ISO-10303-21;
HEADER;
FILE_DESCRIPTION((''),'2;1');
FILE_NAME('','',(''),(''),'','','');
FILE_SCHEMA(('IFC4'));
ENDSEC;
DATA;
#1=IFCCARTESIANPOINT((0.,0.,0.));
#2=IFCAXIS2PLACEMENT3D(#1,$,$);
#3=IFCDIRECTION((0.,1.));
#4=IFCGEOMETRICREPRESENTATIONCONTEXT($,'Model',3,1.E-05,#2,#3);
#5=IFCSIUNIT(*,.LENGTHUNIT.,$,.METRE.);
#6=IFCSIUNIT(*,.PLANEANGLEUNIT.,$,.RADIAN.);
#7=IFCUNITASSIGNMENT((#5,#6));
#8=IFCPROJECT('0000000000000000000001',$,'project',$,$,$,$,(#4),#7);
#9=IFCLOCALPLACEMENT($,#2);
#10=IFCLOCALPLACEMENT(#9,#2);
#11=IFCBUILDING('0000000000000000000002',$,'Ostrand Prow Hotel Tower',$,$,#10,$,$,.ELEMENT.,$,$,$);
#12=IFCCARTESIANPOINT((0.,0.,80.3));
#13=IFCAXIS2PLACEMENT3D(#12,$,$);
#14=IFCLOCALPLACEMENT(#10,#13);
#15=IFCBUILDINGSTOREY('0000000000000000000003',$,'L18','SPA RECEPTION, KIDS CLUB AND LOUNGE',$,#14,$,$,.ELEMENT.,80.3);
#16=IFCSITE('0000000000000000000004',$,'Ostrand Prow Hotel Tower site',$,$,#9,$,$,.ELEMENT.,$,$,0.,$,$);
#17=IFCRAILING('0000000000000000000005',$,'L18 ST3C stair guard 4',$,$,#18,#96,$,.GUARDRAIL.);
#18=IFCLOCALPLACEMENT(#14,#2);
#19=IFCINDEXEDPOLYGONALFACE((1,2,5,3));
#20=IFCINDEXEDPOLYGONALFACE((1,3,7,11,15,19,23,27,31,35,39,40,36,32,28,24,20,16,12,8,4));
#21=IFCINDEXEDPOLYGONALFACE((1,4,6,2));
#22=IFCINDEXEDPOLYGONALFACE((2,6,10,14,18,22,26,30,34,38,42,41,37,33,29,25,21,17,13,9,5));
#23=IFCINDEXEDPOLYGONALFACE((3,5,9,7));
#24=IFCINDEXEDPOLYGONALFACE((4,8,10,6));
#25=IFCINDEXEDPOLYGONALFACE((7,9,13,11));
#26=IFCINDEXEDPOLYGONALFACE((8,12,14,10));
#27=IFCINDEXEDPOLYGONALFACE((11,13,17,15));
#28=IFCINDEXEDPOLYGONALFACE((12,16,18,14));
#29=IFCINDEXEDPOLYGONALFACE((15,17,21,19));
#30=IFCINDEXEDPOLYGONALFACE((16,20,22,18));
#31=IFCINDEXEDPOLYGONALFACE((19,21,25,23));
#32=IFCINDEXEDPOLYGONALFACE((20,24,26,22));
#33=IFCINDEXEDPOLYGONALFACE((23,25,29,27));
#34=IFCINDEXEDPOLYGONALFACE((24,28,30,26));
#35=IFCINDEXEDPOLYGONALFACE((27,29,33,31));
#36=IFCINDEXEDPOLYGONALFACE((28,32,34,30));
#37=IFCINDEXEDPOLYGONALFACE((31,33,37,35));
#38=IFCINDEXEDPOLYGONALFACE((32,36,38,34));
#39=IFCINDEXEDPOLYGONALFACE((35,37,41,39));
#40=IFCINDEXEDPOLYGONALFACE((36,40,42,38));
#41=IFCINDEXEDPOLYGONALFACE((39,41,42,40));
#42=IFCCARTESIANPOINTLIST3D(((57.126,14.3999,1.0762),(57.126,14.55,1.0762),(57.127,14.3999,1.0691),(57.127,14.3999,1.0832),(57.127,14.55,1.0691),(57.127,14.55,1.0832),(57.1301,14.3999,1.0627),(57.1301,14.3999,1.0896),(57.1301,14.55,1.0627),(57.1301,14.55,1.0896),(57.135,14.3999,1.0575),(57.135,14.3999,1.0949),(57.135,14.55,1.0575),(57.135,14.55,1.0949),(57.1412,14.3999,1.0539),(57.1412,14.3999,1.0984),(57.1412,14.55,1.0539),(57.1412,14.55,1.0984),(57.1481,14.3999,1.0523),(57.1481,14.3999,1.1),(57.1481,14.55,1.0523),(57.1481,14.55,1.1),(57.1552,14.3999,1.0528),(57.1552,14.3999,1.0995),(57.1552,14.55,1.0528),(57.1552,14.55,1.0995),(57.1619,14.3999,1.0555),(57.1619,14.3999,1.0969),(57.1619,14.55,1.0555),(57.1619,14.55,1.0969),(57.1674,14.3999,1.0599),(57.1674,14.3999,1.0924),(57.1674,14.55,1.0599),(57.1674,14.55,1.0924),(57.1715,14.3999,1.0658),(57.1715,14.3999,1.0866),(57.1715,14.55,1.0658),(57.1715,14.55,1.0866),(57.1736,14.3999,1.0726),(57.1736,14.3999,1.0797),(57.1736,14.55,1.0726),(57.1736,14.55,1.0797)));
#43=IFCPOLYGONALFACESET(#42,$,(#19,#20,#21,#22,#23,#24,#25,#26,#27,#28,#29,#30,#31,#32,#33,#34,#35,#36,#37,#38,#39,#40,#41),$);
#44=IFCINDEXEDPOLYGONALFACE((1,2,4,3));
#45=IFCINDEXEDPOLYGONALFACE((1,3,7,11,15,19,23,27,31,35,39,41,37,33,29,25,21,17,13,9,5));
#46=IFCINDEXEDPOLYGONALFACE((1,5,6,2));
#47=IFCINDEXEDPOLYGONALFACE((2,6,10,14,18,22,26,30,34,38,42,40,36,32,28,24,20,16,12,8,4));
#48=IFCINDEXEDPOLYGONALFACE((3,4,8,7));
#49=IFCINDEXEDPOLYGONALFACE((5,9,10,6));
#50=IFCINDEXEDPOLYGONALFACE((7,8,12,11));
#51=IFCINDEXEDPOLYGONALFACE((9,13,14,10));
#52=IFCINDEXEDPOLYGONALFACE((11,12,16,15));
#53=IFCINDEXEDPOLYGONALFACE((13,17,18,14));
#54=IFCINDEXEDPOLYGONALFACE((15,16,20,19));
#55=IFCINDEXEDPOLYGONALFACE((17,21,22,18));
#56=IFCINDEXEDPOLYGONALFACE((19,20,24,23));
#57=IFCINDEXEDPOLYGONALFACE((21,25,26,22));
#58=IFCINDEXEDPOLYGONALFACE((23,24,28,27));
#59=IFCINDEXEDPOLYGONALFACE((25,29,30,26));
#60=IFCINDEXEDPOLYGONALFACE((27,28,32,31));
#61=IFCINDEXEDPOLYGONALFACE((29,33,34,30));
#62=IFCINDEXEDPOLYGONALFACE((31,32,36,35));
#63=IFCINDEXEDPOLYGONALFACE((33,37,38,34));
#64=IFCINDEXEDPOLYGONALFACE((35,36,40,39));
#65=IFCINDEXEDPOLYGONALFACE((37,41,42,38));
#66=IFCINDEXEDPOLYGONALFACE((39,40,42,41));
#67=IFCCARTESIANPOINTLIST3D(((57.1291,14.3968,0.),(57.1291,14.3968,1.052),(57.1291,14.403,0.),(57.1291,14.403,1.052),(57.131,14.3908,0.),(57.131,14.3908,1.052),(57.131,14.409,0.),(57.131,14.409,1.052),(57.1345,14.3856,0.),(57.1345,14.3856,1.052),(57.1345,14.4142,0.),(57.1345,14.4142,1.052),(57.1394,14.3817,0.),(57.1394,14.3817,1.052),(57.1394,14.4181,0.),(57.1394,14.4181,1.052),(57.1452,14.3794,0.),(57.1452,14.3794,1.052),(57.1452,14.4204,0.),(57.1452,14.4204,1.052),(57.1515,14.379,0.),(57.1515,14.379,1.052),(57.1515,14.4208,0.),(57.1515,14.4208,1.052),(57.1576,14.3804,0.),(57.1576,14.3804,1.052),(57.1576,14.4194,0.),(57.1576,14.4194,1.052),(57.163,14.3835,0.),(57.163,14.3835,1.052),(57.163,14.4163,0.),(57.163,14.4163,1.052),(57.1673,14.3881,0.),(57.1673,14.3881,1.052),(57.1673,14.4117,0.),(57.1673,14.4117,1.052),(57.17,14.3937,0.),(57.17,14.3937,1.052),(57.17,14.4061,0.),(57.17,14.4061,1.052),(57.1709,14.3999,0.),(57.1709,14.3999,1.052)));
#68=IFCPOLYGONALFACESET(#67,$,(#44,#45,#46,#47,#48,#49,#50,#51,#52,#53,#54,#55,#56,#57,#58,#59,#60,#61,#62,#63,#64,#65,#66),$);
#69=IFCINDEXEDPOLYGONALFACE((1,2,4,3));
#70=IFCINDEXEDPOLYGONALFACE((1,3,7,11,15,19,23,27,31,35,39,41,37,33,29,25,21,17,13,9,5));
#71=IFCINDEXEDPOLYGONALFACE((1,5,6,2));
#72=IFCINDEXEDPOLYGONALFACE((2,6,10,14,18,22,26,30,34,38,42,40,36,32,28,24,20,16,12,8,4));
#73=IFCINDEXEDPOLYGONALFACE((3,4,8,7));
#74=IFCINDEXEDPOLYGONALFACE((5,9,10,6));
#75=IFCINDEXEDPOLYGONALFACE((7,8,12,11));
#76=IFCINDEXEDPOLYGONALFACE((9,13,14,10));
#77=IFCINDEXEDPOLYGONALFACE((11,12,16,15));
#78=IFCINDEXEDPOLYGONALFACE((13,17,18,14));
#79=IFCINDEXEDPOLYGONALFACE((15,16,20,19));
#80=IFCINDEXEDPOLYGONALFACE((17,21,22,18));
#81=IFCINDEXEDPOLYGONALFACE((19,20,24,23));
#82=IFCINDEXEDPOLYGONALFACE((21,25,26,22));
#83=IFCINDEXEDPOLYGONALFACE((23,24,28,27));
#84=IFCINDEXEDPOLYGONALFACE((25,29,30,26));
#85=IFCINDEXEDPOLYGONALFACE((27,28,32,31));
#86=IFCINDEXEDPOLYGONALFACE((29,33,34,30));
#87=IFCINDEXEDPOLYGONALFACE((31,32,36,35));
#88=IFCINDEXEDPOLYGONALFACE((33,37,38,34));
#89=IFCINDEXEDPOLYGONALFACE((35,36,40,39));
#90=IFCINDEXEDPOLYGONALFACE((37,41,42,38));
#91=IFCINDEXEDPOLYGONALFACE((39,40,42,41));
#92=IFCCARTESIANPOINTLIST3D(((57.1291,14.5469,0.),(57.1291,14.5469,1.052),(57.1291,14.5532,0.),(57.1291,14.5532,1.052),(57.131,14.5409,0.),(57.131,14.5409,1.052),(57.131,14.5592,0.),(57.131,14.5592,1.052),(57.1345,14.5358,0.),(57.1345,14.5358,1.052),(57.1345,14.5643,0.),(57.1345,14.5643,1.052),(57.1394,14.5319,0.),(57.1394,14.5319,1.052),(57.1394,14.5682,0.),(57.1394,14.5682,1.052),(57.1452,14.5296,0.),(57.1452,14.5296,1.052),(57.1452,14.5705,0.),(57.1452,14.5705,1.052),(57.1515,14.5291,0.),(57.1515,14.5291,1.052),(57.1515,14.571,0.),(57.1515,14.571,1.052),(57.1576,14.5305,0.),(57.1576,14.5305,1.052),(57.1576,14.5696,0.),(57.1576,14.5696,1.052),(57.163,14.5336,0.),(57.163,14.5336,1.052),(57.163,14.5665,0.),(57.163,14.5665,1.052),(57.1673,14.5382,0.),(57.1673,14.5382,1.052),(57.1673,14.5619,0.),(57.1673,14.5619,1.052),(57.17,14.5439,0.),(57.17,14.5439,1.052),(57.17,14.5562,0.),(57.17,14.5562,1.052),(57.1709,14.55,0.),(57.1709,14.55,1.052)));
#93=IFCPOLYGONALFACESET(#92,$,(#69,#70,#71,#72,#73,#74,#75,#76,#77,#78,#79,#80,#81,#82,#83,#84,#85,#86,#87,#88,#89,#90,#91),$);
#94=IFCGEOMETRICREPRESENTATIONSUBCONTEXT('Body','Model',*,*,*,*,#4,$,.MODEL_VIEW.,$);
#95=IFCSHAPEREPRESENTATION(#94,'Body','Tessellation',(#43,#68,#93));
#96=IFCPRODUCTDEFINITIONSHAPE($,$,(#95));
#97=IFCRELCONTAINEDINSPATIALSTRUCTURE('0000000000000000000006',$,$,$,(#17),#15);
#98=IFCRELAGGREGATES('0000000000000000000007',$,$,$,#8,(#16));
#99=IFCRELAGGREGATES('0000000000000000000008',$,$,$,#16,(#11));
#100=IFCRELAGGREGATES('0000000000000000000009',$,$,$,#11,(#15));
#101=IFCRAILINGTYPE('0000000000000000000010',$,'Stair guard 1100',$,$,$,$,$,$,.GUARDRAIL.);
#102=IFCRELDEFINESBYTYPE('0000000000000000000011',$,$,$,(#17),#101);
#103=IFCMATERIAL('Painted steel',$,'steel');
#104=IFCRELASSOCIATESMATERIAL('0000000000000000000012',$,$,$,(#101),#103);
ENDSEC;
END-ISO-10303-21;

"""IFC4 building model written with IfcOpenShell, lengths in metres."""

from ifc_helpers import new_model, si_unit, direction, frame, origin, origin_2d, place, context, subcontext, project, spatial, circle, extrude, material, type_object, element, save


model = new_model("IFC4")

# Units and contexts
model_context = context("Model", 3, precision=1e-05, world=origin(), true_north=direction((0.0, 1.0)))
body_context = subcontext(model_context, "Body", "Model", "MODEL_VIEW")
ifc_project = project(units=[si_unit("LENGTHUNIT", "METRE"), si_unit("PLANEANGLEUNIT", "RADIAN")], contexts=[model_context])

# Site, building, storey
site_placement = place(None, origin())
site = spatial("IfcSite", under=ifc_project, at=site_placement, Name="Ostrand Prow Hotel Tower site", CompositionType="ELEMENT", RefElevation=0.0)
building_placement = place(site_placement, origin())
building = spatial("IfcBuilding", under=site, at=building_placement, Name="Ostrand Prow Hotel Tower", CompositionType="ELEMENT")
storey_placement = place(building_placement, frame((0.0, 0.0, 80.3)))
storey = spatial("IfcBuildingStorey", under=building, at=storey_placement, Name="L18", Description="SPA RECEPTION, KIDS CLUB AND LOUNGE", CompositionType="ELEMENT", Elevation=80.3)

# Railing
ifc_material_1 = material(Name="Painted steel", Category="steel")
railing_type_1 = type_object("IfcRailingType", Name="Stair guard 1100", PredefinedType="GUARDRAIL", material=ifc_material_1)
railing_1_placement = place(storey_placement, frame((57.1499, 14.3999, 0.0)))
element("IfcRailing", 1, at=railing_1_placement, inside=storey, type_object=railing_type_1, Name="L18 ST3C stair guard 4", PredefinedType="GUARDRAIL", context=body_context, shape_type="SweptSolid", body=[
    extrude(circle(Radius=0.0239, at=origin_2d()), frame((0.0, 0.0, 1.0762), z_axis=(0.0, 1.0, 0.0), x_axis=(-1.0, 0.0, 0.0)), (0.0, 0.0, 1.0), 0.1501),
    extrude(circle(Radius=0.021, at=origin_2d()), origin(), (0.0, 0.0, 1.0), 1.052),
    extrude(circle(Radius=0.021, at=origin_2d()), frame((0.0, 0.1501, 0.0)), (0.0, 0.0, 1.0), 1.052),
])

save(model, "model.ifc")
